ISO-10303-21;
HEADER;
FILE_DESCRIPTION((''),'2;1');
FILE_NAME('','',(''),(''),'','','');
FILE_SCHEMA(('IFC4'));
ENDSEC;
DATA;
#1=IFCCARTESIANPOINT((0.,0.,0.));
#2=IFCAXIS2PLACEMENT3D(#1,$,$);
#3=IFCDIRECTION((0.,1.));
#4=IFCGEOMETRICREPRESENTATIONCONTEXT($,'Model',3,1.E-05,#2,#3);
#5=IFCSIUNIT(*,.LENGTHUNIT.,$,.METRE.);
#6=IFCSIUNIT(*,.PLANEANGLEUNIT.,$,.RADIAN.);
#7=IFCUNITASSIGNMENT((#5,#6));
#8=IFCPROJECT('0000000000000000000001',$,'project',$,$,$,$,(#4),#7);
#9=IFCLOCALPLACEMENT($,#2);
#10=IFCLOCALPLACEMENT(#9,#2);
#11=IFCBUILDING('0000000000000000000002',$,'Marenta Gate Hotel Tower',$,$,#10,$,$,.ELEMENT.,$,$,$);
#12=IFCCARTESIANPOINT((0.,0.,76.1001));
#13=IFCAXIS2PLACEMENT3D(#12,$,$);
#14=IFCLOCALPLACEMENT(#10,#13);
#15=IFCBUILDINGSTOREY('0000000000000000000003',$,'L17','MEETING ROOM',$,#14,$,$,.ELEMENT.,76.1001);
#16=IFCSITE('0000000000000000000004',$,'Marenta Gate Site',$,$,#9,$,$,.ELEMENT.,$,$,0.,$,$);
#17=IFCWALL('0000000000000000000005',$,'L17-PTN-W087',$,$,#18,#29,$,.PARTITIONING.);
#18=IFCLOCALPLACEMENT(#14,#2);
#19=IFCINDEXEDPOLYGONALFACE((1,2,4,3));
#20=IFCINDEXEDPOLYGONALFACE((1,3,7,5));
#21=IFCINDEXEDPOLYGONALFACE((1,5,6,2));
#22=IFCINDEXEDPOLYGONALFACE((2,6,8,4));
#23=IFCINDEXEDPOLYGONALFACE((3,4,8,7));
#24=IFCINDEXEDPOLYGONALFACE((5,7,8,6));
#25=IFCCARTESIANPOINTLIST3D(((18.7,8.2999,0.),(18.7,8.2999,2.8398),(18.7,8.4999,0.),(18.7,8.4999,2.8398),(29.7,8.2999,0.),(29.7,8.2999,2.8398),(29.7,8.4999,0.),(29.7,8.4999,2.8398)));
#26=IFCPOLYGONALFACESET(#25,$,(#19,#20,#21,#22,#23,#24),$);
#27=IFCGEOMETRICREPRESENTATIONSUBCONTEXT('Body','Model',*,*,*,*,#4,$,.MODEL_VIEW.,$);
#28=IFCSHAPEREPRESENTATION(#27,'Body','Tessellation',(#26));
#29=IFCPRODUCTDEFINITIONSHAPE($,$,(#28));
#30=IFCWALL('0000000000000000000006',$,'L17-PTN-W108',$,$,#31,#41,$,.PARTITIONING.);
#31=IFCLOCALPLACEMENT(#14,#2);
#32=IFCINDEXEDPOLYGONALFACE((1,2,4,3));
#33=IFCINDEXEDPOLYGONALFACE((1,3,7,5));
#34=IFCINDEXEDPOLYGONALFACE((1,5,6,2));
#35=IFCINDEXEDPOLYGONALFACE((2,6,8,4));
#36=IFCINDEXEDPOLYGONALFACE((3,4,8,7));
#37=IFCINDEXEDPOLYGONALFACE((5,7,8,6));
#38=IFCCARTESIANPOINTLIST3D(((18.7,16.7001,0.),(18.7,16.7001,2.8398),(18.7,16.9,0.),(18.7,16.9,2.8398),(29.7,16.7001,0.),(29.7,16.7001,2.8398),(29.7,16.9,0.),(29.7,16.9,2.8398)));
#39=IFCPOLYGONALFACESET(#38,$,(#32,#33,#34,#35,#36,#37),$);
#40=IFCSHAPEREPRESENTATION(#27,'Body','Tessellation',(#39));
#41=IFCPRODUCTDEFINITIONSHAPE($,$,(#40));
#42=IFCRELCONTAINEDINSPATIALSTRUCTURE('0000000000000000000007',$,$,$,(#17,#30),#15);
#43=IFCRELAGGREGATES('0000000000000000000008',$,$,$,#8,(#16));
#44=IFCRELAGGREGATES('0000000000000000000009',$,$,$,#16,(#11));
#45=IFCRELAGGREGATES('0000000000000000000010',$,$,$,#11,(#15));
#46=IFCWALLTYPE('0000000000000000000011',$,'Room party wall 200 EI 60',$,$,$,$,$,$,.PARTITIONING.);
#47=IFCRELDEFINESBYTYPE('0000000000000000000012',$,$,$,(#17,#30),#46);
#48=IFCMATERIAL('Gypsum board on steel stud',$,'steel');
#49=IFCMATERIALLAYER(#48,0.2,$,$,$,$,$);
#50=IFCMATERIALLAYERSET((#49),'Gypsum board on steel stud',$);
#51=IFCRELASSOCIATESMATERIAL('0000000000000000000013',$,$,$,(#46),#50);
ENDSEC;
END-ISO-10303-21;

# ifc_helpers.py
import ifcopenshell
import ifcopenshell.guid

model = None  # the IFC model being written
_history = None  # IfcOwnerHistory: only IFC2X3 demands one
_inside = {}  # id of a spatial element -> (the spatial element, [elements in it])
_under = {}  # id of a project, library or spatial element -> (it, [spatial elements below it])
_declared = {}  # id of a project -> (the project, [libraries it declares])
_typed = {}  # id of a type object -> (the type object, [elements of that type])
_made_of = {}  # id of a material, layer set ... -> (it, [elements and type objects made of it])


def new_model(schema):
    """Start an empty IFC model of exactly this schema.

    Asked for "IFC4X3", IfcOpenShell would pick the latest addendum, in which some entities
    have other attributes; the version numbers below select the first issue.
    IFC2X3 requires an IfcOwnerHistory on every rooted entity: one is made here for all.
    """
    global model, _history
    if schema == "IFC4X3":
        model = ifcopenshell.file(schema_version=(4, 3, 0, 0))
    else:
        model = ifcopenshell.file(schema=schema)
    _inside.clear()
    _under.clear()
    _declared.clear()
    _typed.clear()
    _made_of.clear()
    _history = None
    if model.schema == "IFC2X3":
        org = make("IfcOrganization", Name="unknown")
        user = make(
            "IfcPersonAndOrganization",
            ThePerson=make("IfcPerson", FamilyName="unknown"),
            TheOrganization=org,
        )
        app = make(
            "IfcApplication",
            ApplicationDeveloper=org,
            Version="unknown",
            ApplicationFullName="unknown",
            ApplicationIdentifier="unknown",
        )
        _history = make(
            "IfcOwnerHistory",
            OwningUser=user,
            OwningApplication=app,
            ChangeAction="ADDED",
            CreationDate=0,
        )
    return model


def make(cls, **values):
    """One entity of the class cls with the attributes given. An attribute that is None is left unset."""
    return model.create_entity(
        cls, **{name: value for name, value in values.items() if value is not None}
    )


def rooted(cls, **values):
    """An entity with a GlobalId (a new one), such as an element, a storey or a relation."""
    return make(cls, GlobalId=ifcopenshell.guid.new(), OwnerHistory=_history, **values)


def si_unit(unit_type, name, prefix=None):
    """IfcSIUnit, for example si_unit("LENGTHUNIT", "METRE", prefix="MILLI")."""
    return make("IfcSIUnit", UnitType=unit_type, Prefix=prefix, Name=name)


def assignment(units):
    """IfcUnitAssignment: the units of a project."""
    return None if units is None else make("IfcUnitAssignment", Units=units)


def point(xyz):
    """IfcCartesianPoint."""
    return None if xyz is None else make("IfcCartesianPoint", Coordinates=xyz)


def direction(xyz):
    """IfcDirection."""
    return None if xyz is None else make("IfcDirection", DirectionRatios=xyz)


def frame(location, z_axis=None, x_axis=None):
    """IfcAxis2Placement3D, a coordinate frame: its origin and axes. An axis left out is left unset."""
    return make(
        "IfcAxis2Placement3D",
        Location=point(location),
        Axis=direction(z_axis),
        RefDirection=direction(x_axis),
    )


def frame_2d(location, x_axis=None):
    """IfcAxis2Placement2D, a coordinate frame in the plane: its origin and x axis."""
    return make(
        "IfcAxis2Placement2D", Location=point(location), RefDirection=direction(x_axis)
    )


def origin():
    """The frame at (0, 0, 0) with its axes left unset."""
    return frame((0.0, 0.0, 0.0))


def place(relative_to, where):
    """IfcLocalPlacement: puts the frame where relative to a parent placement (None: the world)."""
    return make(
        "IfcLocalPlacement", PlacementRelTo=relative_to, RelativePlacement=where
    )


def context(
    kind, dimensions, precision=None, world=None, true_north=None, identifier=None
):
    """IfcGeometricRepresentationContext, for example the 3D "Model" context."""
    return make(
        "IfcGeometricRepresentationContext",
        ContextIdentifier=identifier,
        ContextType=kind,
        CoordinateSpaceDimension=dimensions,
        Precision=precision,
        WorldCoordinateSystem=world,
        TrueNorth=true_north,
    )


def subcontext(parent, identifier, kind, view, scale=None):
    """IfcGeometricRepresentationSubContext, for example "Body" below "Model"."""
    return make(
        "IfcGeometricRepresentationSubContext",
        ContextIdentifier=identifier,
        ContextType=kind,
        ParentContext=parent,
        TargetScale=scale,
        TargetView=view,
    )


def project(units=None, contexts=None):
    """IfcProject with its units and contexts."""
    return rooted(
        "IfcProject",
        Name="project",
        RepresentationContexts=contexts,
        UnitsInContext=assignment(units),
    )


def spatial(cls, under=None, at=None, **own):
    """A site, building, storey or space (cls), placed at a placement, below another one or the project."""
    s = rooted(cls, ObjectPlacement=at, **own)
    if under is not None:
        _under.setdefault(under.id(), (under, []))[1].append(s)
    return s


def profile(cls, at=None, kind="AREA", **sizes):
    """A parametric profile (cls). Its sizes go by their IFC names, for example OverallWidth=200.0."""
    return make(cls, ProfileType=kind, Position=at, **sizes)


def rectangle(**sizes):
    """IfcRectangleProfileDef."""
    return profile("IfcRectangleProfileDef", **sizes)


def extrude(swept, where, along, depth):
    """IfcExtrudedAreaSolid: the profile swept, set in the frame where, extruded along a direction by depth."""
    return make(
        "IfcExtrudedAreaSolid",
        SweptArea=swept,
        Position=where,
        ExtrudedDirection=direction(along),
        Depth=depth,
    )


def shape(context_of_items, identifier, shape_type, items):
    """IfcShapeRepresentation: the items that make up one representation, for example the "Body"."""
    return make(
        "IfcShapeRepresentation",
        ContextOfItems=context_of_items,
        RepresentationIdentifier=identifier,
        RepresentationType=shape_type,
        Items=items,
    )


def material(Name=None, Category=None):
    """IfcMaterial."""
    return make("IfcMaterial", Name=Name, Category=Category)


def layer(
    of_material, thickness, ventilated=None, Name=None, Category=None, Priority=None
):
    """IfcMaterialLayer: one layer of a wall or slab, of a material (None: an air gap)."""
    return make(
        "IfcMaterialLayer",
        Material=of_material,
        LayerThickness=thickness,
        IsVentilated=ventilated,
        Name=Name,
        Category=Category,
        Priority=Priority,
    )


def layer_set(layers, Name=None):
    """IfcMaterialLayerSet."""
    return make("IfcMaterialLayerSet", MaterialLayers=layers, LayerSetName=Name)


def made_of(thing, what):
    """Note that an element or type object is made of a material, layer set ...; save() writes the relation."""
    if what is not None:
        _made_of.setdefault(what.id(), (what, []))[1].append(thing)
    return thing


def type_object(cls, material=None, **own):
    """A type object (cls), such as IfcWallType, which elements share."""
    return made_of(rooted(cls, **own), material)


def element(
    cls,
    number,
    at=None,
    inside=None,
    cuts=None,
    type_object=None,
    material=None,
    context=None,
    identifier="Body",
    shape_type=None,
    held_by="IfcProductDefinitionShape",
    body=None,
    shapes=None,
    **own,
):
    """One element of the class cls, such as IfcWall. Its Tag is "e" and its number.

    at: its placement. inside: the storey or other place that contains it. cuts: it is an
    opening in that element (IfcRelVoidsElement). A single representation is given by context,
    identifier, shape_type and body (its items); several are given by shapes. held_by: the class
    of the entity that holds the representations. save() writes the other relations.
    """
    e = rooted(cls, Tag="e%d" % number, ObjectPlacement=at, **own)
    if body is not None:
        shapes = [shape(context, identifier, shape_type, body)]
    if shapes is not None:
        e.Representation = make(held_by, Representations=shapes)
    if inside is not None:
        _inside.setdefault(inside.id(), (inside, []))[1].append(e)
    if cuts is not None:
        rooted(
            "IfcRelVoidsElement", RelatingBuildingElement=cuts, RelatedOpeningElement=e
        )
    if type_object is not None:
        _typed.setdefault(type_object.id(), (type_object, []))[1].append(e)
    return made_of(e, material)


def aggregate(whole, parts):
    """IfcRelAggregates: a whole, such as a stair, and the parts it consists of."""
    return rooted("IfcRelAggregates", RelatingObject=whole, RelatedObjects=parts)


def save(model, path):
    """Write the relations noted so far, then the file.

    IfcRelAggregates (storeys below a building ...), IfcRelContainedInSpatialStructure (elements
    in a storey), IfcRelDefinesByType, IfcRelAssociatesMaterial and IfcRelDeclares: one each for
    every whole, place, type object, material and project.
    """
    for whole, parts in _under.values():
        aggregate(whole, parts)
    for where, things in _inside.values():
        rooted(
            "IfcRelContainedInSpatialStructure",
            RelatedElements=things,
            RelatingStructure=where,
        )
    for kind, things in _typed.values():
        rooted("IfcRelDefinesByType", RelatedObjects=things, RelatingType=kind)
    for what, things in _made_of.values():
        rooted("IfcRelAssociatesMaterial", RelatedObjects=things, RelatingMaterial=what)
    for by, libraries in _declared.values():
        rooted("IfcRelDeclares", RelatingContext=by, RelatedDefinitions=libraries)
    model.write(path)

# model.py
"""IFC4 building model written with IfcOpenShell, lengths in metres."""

from ifc_helpers import new_model, si_unit, direction, frame, frame_2d, origin, place, context, subcontext, project, spatial, rectangle, extrude, material, layer, layer_set, type_object, element, save


model = new_model("IFC4")

# Units and contexts
model_context = context("Model", 3, precision=1e-05, world=origin(), true_north=direction((0.0, 1.0)))
body_context = subcontext(model_context, "Body", "Model", "MODEL_VIEW")
ifc_project = project(units=[si_unit("LENGTHUNIT", "METRE"), si_unit("PLANEANGLEUNIT", "RADIAN")], contexts=[model_context])

# Site, building, storey
site_placement = place(None, origin())
site = spatial("IfcSite", under=ifc_project, at=site_placement, Name="Marenta Gate Site", CompositionType="ELEMENT", RefElevation=0.0)
building_placement = place(site_placement, origin())
building = spatial("IfcBuilding", under=site, at=building_placement, Name="Marenta Gate Hotel Tower", CompositionType="ELEMENT")
storey_placement = place(building_placement, frame((0.0, 0.0, 76.1001)))
storey = spatial("IfcBuildingStorey", under=building, at=storey_placement, Name="L17", Description="MEETING ROOM", CompositionType="ELEMENT", Elevation=76.1001)

# Walls
ifc_material_1 = material(Name="Gypsum board on steel stud", Category="steel")
ifc_layer_1 = layer(ifc_material_1, 0.2)
ifc_layer_set_1 = layer_set([ifc_layer_1], Name="Gypsum board on steel stud")
wall_type_1 = type_object("IfcWallType", Name="Room party wall 200 EI 60", PredefinedType="PARTITIONING", material=ifc_layer_set_1)
for number, where, z_axis, x_axis, name in (
    (1, (18.7, 8.3999, 0.0), (0.0, 0.0, 1.0), (1.0, 0.0, 0.0), "L17-PTN-W087"),
    (2, (18.7, 16.8, 0.0), (0.0, 0.0, 1.0), (1.0, 0.0, 0.0), "L17-PTN-W108"),
):
    element("IfcWall", number, at=place(storey_placement, frame(where, z_axis=z_axis, x_axis=x_axis)), inside=storey, type_object=wall_type_1, Name=name, PredefinedType="PARTITIONING", context=body_context, shape_type="SweptSolid", body=[
        extrude(rectangle(XDim=11.0, YDim=0.2, at=frame_2d((5.5, 0.0))), origin(), (0.0, 0.0, 1.0), 2.8398),
    ])

save(model, "model.ifc")
